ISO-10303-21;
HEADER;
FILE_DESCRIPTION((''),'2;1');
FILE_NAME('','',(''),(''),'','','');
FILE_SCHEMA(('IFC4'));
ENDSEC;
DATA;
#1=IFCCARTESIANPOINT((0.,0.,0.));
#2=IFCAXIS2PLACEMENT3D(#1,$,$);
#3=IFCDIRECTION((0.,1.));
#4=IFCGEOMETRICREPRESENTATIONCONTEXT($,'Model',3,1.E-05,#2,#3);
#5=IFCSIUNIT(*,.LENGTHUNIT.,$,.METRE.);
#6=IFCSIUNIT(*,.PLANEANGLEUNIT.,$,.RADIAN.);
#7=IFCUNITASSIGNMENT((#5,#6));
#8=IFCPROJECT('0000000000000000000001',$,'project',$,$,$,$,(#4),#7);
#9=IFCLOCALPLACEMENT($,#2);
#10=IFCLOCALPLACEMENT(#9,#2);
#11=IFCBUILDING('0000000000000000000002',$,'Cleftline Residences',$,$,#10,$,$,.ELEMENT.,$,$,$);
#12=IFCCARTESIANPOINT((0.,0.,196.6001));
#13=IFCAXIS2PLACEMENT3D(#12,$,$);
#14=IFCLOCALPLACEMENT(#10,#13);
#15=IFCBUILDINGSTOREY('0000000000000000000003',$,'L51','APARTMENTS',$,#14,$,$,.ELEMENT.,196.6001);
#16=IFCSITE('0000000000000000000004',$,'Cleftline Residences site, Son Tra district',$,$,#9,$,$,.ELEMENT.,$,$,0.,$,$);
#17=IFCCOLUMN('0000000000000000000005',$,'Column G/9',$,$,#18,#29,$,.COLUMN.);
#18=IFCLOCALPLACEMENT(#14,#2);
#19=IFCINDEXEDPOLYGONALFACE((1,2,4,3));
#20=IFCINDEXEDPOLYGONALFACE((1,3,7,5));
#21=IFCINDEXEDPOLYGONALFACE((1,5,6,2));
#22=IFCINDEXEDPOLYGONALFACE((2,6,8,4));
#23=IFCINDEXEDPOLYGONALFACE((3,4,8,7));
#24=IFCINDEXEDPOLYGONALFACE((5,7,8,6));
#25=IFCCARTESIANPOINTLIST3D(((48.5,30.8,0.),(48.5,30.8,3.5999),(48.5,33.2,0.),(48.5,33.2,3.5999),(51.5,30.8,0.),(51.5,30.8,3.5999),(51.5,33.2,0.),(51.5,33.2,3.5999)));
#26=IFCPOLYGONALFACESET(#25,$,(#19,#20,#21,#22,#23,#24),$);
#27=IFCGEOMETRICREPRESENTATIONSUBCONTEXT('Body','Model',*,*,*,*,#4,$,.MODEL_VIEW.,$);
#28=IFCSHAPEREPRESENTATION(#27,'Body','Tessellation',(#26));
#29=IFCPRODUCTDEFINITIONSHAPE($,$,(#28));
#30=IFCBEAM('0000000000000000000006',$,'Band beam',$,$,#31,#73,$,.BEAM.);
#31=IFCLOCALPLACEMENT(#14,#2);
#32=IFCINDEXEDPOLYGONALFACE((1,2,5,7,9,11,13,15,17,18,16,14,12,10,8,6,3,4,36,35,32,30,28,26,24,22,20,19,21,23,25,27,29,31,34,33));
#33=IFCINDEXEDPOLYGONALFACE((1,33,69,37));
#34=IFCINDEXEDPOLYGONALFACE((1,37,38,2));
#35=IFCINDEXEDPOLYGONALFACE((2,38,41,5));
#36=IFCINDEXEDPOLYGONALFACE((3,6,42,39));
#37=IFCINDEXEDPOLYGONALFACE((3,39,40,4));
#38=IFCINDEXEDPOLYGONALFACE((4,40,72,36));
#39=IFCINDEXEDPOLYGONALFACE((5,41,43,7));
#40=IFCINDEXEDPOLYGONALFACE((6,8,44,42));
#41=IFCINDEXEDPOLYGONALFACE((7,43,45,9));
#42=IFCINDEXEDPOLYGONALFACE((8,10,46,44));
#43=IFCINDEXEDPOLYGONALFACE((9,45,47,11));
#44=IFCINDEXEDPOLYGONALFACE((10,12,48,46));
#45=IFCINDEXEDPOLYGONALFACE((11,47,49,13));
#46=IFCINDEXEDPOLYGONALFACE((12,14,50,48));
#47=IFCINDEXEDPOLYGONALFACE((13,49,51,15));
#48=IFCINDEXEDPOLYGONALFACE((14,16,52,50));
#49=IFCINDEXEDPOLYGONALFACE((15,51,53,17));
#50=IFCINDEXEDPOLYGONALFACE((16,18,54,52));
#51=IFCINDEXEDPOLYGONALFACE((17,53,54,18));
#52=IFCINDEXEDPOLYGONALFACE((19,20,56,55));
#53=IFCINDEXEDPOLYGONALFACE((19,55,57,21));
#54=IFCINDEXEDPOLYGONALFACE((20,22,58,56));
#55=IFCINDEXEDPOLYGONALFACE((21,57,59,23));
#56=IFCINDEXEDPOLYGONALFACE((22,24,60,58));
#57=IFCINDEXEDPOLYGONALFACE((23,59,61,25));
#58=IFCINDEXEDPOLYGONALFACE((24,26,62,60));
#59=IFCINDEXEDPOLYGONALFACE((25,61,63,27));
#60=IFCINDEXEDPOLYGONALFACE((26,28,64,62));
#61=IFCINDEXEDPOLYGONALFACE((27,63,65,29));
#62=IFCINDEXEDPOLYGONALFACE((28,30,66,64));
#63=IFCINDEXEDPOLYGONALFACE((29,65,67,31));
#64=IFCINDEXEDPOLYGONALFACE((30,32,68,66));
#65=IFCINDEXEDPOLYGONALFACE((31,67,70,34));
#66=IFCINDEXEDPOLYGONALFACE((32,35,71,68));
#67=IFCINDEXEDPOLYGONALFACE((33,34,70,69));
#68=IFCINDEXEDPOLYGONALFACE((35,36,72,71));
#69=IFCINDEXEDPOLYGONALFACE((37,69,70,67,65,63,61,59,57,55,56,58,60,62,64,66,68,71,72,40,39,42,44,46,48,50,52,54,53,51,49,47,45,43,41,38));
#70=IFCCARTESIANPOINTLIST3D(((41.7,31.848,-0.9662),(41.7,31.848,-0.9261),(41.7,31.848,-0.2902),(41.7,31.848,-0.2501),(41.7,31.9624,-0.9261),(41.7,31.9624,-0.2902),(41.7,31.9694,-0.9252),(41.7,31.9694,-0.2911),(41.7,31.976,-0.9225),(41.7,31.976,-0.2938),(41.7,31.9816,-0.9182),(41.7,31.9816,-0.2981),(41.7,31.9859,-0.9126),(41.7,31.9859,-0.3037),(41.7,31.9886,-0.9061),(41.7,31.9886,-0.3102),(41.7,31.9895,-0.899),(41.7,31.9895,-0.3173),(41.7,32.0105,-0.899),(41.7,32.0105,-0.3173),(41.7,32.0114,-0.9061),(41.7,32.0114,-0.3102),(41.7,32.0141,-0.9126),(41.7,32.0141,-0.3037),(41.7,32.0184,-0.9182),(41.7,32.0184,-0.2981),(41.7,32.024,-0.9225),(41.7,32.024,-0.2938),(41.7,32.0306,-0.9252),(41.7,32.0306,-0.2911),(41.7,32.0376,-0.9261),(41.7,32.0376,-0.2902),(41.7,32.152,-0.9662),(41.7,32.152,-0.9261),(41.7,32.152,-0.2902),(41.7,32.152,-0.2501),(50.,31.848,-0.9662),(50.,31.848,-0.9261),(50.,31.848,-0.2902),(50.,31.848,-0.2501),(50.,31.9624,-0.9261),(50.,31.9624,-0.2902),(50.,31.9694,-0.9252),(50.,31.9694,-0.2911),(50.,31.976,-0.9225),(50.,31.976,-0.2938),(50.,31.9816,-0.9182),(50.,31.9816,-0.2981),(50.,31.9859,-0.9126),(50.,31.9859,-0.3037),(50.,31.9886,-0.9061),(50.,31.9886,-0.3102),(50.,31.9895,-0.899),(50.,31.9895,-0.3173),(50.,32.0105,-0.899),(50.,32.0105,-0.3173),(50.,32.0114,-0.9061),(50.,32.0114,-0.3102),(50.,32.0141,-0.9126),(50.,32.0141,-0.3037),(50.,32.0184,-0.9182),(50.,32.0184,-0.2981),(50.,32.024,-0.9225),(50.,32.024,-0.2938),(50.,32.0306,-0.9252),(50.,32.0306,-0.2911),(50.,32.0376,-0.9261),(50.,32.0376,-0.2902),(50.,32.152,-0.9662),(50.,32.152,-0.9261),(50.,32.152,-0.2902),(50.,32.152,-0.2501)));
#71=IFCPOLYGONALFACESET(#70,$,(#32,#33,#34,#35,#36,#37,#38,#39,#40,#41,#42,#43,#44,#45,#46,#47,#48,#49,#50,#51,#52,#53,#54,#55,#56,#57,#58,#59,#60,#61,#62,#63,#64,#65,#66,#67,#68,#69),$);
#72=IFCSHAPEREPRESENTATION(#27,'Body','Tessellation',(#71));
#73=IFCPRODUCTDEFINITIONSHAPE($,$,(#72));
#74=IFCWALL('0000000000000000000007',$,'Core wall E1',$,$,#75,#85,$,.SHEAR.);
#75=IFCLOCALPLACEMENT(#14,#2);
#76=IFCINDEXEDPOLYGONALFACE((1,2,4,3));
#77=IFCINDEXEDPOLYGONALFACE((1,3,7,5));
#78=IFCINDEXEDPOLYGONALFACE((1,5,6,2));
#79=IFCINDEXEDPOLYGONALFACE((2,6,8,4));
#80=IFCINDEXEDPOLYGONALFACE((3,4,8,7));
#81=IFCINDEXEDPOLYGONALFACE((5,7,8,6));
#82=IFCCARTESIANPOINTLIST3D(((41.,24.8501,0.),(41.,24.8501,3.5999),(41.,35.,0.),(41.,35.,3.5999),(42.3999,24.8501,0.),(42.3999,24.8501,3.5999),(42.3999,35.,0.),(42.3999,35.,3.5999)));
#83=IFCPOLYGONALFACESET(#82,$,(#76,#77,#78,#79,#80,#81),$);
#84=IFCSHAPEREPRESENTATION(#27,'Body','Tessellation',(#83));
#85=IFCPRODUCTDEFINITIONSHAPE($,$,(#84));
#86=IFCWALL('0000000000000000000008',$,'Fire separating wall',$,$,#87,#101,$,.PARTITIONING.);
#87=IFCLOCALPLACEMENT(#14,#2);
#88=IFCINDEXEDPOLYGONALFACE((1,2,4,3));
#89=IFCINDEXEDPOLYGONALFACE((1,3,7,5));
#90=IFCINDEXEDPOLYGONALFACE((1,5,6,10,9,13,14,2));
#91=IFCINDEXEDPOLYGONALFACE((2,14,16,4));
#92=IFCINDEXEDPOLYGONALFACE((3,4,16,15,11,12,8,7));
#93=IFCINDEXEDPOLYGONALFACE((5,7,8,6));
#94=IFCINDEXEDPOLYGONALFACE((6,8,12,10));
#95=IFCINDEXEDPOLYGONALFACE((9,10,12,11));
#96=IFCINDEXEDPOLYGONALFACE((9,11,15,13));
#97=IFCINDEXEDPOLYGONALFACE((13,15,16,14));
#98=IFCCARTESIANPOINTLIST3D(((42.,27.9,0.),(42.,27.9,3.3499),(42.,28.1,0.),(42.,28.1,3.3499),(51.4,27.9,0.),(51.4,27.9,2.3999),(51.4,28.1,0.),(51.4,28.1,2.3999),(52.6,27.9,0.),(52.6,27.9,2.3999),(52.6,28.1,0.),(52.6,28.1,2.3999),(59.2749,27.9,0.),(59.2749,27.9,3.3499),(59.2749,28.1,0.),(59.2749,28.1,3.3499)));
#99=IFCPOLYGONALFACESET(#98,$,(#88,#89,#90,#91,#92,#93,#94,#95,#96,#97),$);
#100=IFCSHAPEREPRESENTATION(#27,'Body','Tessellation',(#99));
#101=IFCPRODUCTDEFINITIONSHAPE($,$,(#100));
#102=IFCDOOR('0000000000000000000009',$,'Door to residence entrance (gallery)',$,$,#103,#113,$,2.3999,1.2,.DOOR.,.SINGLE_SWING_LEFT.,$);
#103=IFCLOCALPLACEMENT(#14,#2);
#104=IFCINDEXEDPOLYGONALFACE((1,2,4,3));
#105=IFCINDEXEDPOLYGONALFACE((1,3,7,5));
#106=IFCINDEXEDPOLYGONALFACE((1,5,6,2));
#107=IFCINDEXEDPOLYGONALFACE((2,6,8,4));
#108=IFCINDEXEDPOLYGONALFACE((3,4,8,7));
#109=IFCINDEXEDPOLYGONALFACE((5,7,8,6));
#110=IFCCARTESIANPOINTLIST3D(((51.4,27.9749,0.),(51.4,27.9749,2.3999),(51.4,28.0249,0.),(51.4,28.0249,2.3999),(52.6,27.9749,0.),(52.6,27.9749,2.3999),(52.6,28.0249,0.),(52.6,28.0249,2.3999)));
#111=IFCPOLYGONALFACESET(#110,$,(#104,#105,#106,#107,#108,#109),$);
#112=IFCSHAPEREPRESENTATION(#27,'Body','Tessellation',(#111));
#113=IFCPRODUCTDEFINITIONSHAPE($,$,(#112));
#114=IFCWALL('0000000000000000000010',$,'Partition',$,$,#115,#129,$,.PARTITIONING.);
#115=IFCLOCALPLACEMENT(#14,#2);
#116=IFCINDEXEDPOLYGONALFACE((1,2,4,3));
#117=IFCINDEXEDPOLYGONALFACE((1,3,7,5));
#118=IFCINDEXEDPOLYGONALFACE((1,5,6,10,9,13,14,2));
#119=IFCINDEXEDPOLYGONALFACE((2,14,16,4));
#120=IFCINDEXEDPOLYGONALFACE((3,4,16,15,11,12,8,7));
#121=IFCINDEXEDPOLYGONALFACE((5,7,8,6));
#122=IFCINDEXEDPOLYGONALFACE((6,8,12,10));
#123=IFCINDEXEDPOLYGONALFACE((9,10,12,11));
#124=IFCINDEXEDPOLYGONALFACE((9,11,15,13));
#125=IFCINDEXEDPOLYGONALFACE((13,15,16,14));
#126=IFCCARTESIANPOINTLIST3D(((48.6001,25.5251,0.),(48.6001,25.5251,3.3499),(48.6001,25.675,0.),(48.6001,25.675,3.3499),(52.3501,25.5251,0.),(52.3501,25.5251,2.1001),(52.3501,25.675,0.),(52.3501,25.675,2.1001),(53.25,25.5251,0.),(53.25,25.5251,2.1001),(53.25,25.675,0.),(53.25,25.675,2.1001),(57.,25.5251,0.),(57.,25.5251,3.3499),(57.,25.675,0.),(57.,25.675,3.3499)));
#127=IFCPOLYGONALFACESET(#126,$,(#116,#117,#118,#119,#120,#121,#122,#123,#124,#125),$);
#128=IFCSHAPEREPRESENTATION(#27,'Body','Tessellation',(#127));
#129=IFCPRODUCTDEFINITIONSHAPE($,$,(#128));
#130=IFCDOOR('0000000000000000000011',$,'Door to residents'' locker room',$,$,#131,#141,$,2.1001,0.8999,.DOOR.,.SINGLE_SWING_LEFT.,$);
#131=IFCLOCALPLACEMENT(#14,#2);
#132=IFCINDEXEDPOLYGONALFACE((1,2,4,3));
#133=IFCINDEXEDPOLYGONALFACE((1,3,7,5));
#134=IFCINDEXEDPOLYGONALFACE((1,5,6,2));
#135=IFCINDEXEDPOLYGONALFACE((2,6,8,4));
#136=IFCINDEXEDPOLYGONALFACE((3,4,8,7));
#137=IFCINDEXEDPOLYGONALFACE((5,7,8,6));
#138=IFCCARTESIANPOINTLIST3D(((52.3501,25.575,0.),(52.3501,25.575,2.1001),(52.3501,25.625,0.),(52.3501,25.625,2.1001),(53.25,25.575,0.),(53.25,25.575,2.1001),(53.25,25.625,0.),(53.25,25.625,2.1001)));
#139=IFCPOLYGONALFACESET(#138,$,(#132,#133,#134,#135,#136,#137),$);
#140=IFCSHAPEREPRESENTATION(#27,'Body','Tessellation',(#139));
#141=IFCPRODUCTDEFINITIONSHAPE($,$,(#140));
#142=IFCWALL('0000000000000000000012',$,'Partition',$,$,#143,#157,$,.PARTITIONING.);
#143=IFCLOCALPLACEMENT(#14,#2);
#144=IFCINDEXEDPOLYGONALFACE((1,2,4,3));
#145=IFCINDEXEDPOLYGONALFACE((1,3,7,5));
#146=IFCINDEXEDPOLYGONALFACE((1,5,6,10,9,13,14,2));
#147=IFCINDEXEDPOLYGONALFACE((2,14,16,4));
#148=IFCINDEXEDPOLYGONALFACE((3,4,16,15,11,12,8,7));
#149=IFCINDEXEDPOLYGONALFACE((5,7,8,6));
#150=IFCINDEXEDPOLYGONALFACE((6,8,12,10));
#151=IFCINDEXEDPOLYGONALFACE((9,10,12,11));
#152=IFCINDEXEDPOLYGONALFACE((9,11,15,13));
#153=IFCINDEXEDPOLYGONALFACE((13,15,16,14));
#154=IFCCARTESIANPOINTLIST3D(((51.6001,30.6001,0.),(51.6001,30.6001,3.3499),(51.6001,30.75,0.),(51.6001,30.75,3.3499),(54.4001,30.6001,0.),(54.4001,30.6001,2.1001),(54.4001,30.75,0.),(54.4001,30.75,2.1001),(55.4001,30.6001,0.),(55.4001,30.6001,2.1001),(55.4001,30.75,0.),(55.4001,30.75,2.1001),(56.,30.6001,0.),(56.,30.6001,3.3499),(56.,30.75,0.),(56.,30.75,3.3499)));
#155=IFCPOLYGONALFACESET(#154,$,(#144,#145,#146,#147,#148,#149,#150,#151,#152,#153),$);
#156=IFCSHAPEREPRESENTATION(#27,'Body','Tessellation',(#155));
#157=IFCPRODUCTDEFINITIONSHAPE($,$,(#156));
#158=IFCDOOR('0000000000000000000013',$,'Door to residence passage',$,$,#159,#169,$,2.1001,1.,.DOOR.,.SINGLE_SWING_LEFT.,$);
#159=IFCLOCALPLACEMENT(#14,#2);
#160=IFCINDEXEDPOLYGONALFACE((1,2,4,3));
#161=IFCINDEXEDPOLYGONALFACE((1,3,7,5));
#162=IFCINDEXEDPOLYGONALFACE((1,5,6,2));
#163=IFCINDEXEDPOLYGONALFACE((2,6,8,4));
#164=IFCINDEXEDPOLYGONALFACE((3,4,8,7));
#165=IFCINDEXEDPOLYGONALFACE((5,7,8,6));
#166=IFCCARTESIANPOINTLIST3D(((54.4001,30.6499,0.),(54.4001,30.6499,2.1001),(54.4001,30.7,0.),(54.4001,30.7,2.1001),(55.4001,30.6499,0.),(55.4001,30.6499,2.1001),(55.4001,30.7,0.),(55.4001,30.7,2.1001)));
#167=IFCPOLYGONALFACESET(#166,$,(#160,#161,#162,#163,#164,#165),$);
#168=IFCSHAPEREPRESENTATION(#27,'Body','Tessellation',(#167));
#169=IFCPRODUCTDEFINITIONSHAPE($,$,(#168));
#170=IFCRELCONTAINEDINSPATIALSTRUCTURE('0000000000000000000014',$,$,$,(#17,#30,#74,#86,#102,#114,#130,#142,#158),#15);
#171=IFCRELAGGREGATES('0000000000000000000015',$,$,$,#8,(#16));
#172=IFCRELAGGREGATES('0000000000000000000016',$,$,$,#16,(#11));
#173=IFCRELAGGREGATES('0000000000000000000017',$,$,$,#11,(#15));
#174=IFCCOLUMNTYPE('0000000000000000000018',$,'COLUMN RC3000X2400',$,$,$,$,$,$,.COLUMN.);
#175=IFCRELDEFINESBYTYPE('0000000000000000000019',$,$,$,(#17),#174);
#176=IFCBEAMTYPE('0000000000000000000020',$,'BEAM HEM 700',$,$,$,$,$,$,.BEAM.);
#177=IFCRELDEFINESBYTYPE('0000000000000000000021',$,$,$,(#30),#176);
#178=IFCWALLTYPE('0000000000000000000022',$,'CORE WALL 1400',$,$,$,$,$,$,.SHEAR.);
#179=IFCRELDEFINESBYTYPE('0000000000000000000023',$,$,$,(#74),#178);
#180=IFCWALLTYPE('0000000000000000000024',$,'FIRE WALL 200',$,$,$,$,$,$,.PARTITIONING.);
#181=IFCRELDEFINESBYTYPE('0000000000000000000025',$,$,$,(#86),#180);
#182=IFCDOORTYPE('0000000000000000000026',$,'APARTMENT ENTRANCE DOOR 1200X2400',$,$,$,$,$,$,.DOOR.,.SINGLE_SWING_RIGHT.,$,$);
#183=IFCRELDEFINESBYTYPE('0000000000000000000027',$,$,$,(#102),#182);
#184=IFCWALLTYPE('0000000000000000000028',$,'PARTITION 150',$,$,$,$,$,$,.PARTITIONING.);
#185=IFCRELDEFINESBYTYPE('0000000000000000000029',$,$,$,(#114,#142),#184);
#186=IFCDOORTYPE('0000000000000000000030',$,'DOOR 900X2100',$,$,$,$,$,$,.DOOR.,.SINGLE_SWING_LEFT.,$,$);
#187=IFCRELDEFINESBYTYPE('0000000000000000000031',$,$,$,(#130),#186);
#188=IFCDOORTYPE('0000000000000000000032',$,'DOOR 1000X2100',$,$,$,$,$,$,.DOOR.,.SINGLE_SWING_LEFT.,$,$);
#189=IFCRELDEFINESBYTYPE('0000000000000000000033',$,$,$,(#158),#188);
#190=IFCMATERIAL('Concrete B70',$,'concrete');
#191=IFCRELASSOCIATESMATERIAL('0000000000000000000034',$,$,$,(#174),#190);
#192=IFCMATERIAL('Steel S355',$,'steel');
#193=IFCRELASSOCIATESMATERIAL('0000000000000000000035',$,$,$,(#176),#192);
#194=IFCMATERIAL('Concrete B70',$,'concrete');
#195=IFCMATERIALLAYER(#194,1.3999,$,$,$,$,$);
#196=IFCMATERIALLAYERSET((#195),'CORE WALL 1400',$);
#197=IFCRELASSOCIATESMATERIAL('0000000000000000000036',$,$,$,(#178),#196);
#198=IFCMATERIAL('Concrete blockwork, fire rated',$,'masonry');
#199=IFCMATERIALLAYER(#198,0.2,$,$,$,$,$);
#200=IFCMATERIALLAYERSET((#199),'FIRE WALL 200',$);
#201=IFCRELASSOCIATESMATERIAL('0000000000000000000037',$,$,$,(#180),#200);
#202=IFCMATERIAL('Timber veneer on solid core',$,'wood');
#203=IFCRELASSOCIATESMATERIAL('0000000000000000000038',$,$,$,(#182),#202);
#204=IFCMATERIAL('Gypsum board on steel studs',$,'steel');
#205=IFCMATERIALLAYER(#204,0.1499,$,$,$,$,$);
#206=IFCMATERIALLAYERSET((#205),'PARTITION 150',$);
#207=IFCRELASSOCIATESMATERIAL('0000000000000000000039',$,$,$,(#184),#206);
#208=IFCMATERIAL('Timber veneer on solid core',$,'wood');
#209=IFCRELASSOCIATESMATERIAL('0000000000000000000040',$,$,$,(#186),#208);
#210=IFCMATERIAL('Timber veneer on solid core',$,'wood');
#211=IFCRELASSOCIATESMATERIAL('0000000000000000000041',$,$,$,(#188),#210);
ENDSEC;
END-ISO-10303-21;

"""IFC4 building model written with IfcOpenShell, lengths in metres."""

from ifc_helpers import new_model, si_unit, direction, frame, frame_2d, origin, origin_2d, place, context, subcontext, project, spatial, rectangle, i_section, extrude, material, layer, layer_set, material_profile, profile_set, type_object, element, fill, save


model = new_model("IFC4")

# Units and contexts
model_context = context("Model", 3, precision=1e-05, world=origin(), true_north=direction((0.0, 1.0)))
body_context = subcontext(model_context, "Body", "Model", "MODEL_VIEW")
ifc_project = project(units=[si_unit("LENGTHUNIT", "METRE"), si_unit("PLANEANGLEUNIT", "RADIAN")], contexts=[model_context])

# Site, building, storey
site_placement = place(None, origin())
site = spatial("IfcSite", under=ifc_project, at=site_placement, Name="Cleftline Residences site, Son Tra district", CompositionType="ELEMENT", RefElevation=0.0)
building_placement = place(site_placement, origin())
building = spatial("IfcBuilding", under=site, at=building_placement, Name="Cleftline Residences", CompositionType="ELEMENT")
storey_placement = place(building_placement, frame((0.0, 0.0, 196.6001)))
storey = spatial("IfcBuildingStorey", under=building, at=storey_placement, Name="L51", Description="APARTMENTS", CompositionType="ELEMENT", Elevation=196.6001)

# Column
ifc_material_1 = material(Name="Concrete B70", Category="concrete")
ifc_material_profile_1 = material_profile(ifc_material_1, rectangle(XDim=3.0, YDim=2.3999, at=origin_2d()))
ifc_profile_set_1 = profile_set([ifc_material_profile_1], Name="Concrete B70")
column_type = type_object("IfcColumnType", Name="COLUMN RC3000X2400", PredefinedType="COLUMN", material=ifc_profile_set_1)
column_placement = place(storey_placement, frame((50.0, 32.0, 0.0), z_axis=(0.0, 0.0, 1.0), x_axis=(1.0, 0.0, 0.0)))
element("IfcColumn", 1, at=column_placement, inside=storey, type_object=column_type, Name="Column G/9", PredefinedType="COLUMN", context=body_context, shape_type="SweptSolid", body=[
    extrude(rectangle(XDim=3.0, YDim=2.3999, at=origin_2d()), origin(), (0.0, 0.0, 1.0), 3.5999),
])

# Beam
ifc_material_2 = material(Name="Steel S355", Category="steel")
ifc_material_profile_2 = material_profile(ifc_material_2, i_section(OverallWidth=0.304, OverallDepth=0.7161, WebThickness=0.021, FlangeThickness=0.04, FilletRadius=0.0271, at=origin_2d()))
ifc_profile_set_2 = profile_set([ifc_material_profile_2], Name="Steel S355")
beam_type = type_object("IfcBeamType", Name="BEAM HEM 700", PredefinedType="BEAM", material=ifc_profile_set_2)
beam_placement = place(storey_placement, frame((50.0, 32.0, -0.6082), z_axis=(-1.0, 0.0, 0.0), x_axis=(0.0, -1.0, 0.0)))
element("IfcBeam", 2, at=beam_placement, inside=storey, type_object=beam_type, Name="Band beam", PredefinedType="BEAM", context=body_context, shape_type="SweptSolid", body=[
    extrude(i_section(OverallWidth=0.304, OverallDepth=0.7161, WebThickness=0.021, FlangeThickness=0.04, FilletRadius=0.0271, at=origin_2d()), origin(), (0.0, 0.0, 1.0), 8.3),
])

# Wall
ifc_material_3 = material(Name="Concrete B70", Category="concrete")
ifc_layer_1 = layer(ifc_material_3, 1.3999)
ifc_layer_set_1 = layer_set([ifc_layer_1], Name="CORE WALL 1400")
wall_type_1 = type_object("IfcWallType", Name="CORE WALL 1400", PredefinedType="SHEAR", material=ifc_layer_set_1)
wall_1_placement = place(storey_placement, frame((41.7, 24.8501, 0.0), z_axis=(0.0, 0.0, 1.0), x_axis=(0.0, 1.0, 0.0)))
element("IfcWall", 3, at=wall_1_placement, inside=storey, type_object=wall_type_1, Name="Core wall E1", PredefinedType="SHEAR", context=body_context, shape_type="SweptSolid", body=[
    extrude(rectangle(XDim=10.1499, YDim=1.3999, at=frame_2d((5.075, 0.0))), origin(), (0.0, 0.0, 1.0), 3.5999),
])

# Walls, openings, doors
ifc_material_4 = material(Name="Concrete blockwork, fire rated", Category="masonry")
ifc_layer_2 = layer(ifc_material_4, 0.2)
ifc_layer_set_2 = layer_set([ifc_layer_2], Name="FIRE WALL 200")
wall_type_2 = type_object("IfcWallType", Name="FIRE WALL 200", PredefinedType="PARTITIONING", material=ifc_layer_set_2)
wall_2_placement = place(storey_placement, frame((42.0, 28.0, 0.0), z_axis=(0.0, 0.0, 1.0), x_axis=(1.0, 0.0, 0.0)))
wall_2 = element("IfcWall", 4, at=wall_2_placement, inside=storey, type_object=wall_type_2, Name="Fire separating wall", PredefinedType="PARTITIONING", context=body_context, shape_type="SweptSolid", body=[
    extrude(rectangle(XDim=17.2749, YDim=0.2, at=frame_2d((8.6375, 0.0))), origin(), (0.0, 0.0, 1.0), 3.3499),
])
opening_1_placement = place(wall_2_placement, frame((9.3999, 0.0, 0.0)))
opening_1 = element("IfcOpeningElement", 5, at=opening_1_placement, cuts=wall_2, PredefinedType="OPENING", context=body_context, shape_type="SweptSolid", body=[
    extrude(rectangle(XDim=1.2, YDim=2.3999, at=frame_2d((0.6001, 1.2))), frame((0.0, 0.1099, 0.0), z_axis=(0.0, -1.0, 0.0), x_axis=(1.0, 0.0, 0.0)), (0.0, 0.0, 1.0), 0.22),
])
ifc_material_5 = material(Name="Timber veneer on solid core", Category="wood")
door_type_1 = type_object("IfcDoorType", Name="APARTMENT ENTRANCE DOOR 1200X2400", OperationType="SINGLE_SWING_RIGHT", PredefinedType="DOOR", material=ifc_material_5)
door_1_placement = place(opening_1_placement, origin())
door_1 = element("IfcDoor", 6, at=door_1_placement, inside=storey, type_object=door_type_1, Name="Door to residence entrance (gallery)", OperationType="SINGLE_SWING_LEFT", OverallHeight=2.3999, OverallWidth=1.2, PredefinedType="DOOR", context=body_context, shape_type="SweptSolid", body=[
    extrude(rectangle(XDim=1.2, YDim=2.3999, at=frame_2d((0.6001, 1.2))), frame((0.0, 0.0249, 0.0), z_axis=(0.0, -1.0, 0.0), x_axis=(1.0, 0.0, 0.0)), (0.0, 0.0, 1.0), 0.05),
])
fill(opening_1, door_1)
ifc_material_6 = material(Name="Gypsum board on steel studs", Category="steel")
ifc_layer_3 = layer(ifc_material_6, 0.1499)
ifc_layer_set_3 = layer_set([ifc_layer_3], Name="PARTITION 150")
wall_type_3 = type_object("IfcWallType", Name="PARTITION 150", PredefinedType="PARTITIONING", material=ifc_layer_set_3)
wall_3_placement = place(storey_placement, frame((48.6001, 25.6001, 0.0), z_axis=(0.0, 0.0, 1.0), x_axis=(1.0, 0.0, 0.0)))
wall_3 = element("IfcWall", 7, at=wall_3_placement, inside=storey, type_object=wall_type_3, Name="Partition", PredefinedType="PARTITIONING", context=body_context, shape_type="SweptSolid", body=[
    extrude(rectangle(XDim=8.3999, YDim=0.1499, at=frame_2d((4.2, 0.0))), origin(), (0.0, 0.0, 1.0), 3.3499),
])
opening_2_placement = place(wall_3_placement, frame((3.75, 0.0, 0.0)))
opening_2 = element("IfcOpeningElement", 8, at=opening_2_placement, cuts=wall_3, PredefinedType="OPENING", context=body_context, shape_type="SweptSolid", body=[
    extrude(rectangle(XDim=0.8999, YDim=2.1001, at=frame_2d((0.45, 1.05))), frame((0.0, 0.085, 0.0), z_axis=(0.0, -1.0, 0.0), x_axis=(1.0, 0.0, 0.0)), (0.0, 0.0, 1.0), 0.1699),
])
ifc_material_7 = material(Name="Timber veneer on solid core", Category="wood")
door_type_2 = type_object("IfcDoorType", Name="DOOR 900X2100", OperationType="SINGLE_SWING_LEFT", PredefinedType="DOOR", material=ifc_material_7)
door_2_placement = place(opening_2_placement, origin())
door_2 = element("IfcDoor", 9, at=door_2_placement, inside=storey, type_object=door_type_2, Name="Door to residents' locker room", OperationType="SINGLE_SWING_LEFT", OverallHeight=2.1001, OverallWidth=0.8999, PredefinedType="DOOR", context=body_context, shape_type="SweptSolid", body=[
    extrude(rectangle(XDim=0.8999, YDim=2.1001, at=frame_2d((0.45, 1.05))), frame((0.0, 0.0249, 0.0), z_axis=(0.0, -1.0, 0.0), x_axis=(1.0, 0.0, 0.0)), (0.0, 0.0, 1.0), 0.05),
])
fill(opening_2, door_2)
wall_4_placement = place(storey_placement, frame((51.6001, 30.675, 0.0), z_axis=(0.0, 0.0, 1.0), x_axis=(1.0, 0.0, 0.0)))
wall_4 = element("IfcWall", 10, at=wall_4_placement, inside=storey, type_object=wall_type_3, Name="Partition", PredefinedType="PARTITIONING", context=body_context, shape_type="SweptSolid", body=[
    extrude(rectangle(XDim=4.3999, YDim=0.1499, at=frame_2d((2.2, 0.0))), origin(), (0.0, 0.0, 1.0), 3.3499),
])
opening_3_placement = place(wall_4_placement, frame((2.8, 0.0, 0.0)))
opening_3 = element("IfcOpeningElement", 11, at=opening_3_placement, cuts=wall_4, PredefinedType="OPENING", context=body_context, shape_type="SweptSolid", body=[
    extrude(rectangle(XDim=1.0, YDim=2.1001, at=frame_2d((0.5, 1.05))), frame((0.0, 0.085, 0.0), z_axis=(0.0, -1.0, 0.0), x_axis=(1.0, 0.0, 0.0)), (0.0, 0.0, 1.0), 0.1699),
])
ifc_material_8 = material(Name="Timber veneer on solid core", Category="wood")
door_type_3 = type_object("IfcDoorType", Name="DOOR 1000X2100", OperationType="SINGLE_SWING_LEFT", PredefinedType="DOOR", material=ifc_material_8)
door_3_placement = place(opening_3_placement, origin())
door_3 = element("IfcDoor", 12, at=door_3_placement, inside=storey, type_object=door_type_3, Name="Door to residence passage", OperationType="SINGLE_SWING_LEFT", OverallHeight=2.1001, OverallWidth=1.0, PredefinedType="DOOR", context=body_context, shape_type="SweptSolid", body=[
    extrude(rectangle(XDim=1.0, YDim=2.1001, at=frame_2d((0.5, 1.05))), frame((0.0, 0.0249, 0.0), z_axis=(0.0, -1.0, 0.0), x_axis=(1.0, 0.0, 0.0)), (0.0, 0.0, 1.0), 0.05),
])
fill(opening_3, door_3)

save(model, "model.ifc")
